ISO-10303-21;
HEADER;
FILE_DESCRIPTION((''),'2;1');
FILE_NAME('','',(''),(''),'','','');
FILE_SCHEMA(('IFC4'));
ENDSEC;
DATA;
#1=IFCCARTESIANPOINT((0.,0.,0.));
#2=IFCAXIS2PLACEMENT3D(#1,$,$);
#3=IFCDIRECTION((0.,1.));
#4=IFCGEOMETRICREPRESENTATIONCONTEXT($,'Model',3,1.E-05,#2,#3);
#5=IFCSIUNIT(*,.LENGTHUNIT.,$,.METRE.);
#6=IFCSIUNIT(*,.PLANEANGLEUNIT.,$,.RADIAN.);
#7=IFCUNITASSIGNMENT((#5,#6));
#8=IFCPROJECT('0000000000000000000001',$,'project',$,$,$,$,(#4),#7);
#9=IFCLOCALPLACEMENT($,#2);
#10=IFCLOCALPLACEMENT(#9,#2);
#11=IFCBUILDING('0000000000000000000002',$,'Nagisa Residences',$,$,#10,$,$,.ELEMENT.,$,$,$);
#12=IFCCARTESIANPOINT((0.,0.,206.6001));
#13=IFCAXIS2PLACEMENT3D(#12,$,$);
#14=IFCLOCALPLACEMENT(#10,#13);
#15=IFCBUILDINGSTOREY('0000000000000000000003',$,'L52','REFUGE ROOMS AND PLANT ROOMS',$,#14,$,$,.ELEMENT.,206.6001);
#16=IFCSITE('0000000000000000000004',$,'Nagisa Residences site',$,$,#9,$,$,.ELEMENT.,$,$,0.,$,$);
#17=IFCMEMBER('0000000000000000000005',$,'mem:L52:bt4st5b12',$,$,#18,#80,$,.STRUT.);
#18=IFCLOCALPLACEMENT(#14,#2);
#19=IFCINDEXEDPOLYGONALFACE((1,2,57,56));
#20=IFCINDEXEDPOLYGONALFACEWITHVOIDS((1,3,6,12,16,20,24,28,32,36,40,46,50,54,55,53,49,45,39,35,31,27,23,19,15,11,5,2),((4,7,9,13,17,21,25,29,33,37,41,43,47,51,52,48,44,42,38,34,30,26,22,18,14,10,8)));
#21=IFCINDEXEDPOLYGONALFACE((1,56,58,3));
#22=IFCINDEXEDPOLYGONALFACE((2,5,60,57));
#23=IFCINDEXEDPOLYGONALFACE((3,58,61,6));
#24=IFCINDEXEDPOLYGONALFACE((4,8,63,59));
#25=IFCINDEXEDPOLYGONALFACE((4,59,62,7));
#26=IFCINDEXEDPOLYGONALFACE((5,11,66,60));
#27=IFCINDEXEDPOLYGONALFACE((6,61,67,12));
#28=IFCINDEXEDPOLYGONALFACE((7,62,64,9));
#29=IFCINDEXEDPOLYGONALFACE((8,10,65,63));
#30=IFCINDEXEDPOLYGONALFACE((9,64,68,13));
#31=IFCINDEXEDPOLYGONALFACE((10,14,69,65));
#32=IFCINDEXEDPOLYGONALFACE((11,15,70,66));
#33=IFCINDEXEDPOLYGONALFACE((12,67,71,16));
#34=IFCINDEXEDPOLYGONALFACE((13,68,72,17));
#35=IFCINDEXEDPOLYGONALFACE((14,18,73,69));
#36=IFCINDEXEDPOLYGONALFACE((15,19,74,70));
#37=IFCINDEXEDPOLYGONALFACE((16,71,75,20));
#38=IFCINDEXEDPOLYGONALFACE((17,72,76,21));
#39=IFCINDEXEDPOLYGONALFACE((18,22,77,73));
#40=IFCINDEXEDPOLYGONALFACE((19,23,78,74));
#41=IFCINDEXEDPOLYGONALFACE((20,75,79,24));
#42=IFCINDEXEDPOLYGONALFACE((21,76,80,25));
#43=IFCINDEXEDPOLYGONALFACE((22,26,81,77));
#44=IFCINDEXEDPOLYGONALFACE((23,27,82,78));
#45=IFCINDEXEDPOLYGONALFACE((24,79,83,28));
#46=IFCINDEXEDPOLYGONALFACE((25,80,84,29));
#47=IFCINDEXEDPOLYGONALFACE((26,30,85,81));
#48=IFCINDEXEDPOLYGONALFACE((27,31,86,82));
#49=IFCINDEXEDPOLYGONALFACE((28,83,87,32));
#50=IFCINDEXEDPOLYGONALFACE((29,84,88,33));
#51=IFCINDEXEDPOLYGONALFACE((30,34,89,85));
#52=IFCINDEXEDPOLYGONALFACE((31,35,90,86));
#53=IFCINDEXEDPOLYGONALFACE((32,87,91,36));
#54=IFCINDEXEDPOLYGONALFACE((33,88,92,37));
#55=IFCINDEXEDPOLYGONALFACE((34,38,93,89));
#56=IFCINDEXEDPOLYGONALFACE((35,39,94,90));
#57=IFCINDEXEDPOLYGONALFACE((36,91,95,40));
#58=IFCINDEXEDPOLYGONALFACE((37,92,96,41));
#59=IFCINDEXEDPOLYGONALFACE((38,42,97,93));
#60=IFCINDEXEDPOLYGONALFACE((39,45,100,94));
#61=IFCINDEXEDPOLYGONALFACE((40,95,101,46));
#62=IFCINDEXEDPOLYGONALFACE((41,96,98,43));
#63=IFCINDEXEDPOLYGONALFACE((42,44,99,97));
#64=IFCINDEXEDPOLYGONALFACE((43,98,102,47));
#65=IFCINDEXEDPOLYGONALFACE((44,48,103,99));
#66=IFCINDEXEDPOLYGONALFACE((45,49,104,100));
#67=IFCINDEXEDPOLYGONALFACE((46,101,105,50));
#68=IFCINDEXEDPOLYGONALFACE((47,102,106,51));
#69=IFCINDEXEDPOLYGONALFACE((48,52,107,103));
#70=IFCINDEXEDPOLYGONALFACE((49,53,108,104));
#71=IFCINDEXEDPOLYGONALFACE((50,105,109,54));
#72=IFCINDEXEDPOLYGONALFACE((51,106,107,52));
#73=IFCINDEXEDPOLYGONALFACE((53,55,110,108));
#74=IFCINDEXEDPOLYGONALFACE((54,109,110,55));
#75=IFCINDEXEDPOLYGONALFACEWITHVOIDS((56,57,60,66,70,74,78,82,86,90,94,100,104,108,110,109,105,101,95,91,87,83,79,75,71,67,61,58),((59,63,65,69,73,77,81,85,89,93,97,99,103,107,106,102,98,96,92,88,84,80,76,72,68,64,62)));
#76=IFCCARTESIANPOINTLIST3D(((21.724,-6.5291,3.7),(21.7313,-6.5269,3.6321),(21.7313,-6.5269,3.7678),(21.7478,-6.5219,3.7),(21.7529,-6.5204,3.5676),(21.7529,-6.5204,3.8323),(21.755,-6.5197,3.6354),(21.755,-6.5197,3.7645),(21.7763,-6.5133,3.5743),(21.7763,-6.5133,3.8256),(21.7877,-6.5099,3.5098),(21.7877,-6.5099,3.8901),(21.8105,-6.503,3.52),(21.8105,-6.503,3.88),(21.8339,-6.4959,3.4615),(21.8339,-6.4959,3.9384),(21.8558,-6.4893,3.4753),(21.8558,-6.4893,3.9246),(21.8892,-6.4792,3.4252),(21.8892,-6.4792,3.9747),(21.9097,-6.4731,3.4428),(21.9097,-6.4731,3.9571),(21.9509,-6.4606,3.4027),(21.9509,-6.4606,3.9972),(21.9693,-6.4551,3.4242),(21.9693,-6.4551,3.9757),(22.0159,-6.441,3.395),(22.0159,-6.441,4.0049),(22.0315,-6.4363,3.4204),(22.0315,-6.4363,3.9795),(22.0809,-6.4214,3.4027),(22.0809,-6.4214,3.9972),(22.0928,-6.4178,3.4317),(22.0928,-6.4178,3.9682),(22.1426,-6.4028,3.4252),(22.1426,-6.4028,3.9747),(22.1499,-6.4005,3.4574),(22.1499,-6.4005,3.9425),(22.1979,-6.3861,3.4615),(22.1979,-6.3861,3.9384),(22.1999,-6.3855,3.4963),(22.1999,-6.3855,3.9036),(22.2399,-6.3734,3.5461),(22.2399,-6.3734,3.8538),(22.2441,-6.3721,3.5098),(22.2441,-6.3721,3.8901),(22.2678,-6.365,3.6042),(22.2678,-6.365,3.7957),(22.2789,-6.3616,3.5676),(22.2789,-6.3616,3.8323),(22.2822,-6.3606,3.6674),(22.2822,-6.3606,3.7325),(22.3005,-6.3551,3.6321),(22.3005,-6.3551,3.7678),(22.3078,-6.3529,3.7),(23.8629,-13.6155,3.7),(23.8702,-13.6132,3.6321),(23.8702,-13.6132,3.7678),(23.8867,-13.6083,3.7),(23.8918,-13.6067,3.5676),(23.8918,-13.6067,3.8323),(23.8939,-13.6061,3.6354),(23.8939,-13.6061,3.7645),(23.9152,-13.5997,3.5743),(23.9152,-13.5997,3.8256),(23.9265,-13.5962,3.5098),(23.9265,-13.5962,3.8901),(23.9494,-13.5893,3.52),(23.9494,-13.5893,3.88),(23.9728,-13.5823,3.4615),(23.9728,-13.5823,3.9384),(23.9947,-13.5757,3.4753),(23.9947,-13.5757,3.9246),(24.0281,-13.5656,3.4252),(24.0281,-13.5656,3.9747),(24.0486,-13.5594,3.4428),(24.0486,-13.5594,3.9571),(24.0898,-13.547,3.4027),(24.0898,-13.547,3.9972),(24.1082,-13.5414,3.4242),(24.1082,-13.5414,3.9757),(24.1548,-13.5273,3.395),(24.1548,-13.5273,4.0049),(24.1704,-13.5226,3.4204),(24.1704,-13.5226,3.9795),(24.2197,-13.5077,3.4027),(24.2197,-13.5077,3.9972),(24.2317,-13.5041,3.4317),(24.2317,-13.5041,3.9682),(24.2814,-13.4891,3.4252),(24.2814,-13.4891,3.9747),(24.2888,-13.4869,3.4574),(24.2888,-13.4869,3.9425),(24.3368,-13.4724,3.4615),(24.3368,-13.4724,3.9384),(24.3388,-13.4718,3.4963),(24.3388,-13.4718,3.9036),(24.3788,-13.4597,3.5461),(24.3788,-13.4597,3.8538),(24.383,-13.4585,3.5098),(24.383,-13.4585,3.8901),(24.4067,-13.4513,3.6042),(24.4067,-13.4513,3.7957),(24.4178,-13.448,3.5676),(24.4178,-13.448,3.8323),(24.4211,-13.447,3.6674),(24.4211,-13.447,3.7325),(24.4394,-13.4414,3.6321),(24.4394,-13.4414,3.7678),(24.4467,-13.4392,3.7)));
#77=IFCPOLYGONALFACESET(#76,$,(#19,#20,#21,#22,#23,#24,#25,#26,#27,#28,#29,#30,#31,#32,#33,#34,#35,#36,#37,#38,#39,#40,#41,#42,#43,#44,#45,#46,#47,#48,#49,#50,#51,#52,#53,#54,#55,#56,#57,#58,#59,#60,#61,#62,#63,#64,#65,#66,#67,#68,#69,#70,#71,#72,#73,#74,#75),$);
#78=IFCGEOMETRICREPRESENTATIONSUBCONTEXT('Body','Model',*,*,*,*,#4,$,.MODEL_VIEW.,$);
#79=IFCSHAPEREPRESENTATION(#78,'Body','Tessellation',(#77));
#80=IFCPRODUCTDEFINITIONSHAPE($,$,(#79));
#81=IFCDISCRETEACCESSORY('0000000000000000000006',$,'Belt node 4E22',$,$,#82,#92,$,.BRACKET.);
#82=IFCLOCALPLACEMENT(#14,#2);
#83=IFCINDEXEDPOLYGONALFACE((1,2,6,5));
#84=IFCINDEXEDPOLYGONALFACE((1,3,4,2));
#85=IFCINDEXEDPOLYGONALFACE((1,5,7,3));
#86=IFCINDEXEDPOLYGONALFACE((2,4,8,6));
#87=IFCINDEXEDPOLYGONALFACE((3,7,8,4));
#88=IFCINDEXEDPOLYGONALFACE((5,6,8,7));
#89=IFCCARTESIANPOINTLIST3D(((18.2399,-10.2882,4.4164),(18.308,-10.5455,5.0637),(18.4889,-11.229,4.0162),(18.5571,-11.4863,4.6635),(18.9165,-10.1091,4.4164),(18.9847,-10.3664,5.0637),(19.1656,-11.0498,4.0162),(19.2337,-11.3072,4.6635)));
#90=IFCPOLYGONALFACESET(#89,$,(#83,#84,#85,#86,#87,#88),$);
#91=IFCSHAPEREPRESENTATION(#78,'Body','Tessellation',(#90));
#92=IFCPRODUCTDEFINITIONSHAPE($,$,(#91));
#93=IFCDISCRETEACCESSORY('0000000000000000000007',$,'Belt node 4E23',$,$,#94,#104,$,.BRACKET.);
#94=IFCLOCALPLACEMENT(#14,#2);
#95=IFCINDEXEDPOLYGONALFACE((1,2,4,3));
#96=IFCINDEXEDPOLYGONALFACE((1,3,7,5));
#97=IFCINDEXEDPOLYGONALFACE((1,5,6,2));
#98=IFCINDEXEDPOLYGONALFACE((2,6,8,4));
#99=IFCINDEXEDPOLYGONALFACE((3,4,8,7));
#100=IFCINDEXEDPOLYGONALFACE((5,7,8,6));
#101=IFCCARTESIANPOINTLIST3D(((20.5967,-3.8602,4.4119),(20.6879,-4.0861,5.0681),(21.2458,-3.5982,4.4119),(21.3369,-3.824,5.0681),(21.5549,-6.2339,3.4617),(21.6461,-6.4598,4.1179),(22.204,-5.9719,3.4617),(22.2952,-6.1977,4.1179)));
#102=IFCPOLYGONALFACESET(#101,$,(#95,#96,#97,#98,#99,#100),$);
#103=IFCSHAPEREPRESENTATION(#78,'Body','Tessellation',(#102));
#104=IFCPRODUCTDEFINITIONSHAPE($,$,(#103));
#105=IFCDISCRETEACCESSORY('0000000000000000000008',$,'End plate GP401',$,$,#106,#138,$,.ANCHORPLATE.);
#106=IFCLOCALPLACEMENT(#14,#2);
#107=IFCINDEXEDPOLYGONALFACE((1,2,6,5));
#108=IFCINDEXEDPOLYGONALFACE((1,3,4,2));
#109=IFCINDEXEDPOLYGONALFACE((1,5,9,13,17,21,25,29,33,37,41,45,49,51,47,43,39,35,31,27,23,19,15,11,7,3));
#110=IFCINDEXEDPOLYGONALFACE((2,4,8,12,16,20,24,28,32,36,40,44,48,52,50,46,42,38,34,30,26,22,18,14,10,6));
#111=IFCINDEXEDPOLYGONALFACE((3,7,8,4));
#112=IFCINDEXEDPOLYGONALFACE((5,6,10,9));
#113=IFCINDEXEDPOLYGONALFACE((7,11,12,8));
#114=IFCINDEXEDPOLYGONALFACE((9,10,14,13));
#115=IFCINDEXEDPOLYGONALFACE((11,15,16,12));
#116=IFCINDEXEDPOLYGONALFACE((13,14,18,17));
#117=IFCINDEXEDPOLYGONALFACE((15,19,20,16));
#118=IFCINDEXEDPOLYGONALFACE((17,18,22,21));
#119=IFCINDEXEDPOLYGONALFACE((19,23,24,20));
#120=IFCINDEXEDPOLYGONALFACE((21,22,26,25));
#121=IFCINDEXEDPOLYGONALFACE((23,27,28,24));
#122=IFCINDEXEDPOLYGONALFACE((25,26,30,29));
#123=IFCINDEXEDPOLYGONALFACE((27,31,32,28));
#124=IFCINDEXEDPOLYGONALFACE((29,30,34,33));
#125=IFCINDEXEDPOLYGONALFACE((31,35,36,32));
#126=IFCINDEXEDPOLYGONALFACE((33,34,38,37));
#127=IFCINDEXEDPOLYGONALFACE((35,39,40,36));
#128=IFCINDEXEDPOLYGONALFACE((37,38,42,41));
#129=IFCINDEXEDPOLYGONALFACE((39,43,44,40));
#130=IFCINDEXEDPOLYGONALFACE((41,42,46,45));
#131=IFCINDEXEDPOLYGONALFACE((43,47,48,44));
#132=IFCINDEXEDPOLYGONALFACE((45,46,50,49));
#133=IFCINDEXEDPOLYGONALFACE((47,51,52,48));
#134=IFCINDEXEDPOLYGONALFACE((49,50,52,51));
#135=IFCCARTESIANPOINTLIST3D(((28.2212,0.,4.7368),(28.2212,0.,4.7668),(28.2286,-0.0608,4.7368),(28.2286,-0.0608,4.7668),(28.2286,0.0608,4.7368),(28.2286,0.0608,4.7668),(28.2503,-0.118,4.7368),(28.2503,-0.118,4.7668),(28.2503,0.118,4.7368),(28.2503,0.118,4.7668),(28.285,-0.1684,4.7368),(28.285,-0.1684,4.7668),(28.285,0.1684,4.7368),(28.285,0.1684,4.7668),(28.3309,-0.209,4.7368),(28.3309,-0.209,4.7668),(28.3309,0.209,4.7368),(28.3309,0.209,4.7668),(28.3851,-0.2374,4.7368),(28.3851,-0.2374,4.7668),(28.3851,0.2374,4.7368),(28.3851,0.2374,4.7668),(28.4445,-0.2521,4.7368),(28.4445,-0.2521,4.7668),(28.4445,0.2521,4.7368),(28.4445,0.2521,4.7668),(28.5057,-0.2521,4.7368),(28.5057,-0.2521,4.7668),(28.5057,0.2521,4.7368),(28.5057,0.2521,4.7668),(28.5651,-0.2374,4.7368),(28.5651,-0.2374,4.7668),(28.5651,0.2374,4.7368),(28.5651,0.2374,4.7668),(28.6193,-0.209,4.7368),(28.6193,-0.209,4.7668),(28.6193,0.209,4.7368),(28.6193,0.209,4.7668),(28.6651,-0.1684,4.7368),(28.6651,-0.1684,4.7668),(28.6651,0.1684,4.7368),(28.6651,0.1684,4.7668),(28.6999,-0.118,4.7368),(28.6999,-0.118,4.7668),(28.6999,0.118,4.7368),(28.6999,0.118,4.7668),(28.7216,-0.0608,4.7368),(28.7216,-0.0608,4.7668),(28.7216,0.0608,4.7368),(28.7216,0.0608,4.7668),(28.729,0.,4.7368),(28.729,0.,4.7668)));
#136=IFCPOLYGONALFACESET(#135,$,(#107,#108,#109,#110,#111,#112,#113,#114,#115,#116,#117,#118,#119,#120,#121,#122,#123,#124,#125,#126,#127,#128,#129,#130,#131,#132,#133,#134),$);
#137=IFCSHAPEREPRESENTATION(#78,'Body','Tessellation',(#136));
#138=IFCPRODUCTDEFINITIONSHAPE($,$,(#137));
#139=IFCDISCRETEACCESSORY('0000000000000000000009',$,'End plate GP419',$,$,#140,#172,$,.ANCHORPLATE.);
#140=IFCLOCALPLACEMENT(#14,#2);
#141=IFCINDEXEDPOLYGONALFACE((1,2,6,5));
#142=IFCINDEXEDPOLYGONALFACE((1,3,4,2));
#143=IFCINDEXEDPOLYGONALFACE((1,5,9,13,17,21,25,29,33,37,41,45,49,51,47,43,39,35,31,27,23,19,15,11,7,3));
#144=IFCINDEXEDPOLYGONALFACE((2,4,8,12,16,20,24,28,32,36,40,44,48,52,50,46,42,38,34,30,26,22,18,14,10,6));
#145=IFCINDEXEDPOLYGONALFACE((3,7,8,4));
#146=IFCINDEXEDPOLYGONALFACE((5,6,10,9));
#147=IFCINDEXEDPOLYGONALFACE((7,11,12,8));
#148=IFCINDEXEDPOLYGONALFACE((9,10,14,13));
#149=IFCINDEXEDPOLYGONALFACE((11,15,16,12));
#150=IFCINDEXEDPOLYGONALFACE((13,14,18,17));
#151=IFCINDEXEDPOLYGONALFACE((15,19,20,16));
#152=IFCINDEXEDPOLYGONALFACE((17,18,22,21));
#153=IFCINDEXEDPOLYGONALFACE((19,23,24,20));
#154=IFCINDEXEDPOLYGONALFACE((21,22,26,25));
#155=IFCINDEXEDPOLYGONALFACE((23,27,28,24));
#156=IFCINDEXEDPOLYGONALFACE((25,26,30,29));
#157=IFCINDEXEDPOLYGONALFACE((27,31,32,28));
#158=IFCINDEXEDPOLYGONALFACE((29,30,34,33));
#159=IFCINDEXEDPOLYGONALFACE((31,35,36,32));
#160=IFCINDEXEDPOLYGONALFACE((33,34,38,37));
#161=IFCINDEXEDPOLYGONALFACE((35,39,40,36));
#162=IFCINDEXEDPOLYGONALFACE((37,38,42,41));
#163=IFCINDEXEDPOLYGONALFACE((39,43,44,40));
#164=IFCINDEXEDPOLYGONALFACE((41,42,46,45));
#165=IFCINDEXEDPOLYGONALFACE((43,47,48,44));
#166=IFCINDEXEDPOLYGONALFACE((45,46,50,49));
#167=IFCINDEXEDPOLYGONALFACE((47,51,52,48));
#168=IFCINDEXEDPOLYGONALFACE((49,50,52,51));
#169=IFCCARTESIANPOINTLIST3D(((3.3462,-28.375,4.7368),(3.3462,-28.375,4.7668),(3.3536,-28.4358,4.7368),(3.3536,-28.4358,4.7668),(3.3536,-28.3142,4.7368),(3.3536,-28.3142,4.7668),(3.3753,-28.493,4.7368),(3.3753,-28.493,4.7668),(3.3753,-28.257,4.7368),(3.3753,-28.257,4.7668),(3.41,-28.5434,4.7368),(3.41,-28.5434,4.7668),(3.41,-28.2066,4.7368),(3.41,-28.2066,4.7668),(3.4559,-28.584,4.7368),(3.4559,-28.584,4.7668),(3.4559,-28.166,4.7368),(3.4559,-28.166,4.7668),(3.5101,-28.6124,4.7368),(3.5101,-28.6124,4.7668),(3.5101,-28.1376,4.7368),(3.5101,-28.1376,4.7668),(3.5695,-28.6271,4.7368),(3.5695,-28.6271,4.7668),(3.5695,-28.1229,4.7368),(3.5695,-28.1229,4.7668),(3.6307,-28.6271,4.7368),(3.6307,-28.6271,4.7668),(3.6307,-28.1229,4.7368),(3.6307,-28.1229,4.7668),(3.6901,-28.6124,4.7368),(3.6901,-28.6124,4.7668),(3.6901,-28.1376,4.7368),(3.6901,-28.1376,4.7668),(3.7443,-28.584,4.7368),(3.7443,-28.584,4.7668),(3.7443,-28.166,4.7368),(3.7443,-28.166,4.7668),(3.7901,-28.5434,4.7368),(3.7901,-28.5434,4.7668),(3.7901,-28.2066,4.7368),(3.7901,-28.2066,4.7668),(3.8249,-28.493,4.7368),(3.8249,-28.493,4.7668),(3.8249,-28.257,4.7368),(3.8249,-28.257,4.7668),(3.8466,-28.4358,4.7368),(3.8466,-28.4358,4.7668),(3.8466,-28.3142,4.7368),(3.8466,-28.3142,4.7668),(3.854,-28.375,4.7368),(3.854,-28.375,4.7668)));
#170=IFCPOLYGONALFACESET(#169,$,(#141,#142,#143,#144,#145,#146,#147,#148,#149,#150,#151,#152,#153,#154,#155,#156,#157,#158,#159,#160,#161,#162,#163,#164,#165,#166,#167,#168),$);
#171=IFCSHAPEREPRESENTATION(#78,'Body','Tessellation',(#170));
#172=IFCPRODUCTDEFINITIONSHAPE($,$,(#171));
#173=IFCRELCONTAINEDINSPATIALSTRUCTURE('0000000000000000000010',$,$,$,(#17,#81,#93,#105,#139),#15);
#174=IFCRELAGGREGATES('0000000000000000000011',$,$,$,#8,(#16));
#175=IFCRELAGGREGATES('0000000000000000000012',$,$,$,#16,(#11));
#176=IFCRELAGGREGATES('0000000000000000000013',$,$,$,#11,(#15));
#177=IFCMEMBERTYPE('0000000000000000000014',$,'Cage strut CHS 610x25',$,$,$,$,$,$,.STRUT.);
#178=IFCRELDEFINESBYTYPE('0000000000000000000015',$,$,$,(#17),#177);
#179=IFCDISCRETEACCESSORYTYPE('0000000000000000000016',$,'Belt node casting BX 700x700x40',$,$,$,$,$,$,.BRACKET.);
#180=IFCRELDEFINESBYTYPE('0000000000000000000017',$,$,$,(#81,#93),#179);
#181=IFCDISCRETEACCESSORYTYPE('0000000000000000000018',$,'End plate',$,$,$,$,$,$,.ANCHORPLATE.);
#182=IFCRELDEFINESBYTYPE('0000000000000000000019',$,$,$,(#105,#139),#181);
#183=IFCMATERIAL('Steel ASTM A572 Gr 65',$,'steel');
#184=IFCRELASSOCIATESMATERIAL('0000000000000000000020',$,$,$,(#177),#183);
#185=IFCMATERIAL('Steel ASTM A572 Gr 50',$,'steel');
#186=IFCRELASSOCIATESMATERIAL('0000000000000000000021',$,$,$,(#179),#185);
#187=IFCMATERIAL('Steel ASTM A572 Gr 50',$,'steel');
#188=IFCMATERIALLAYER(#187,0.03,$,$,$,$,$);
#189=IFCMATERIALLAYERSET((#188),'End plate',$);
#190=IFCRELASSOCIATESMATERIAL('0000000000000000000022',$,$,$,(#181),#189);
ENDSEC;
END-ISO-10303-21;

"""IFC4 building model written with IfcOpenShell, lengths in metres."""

from ifc_helpers import new_model, si_unit, direction, frame, origin, origin_2d, place, context, subcontext, project, spatial, rectangle, circle, hollow_circle, extrude, material, layer, layer_set, material_profile, profile_set, type_object, element, save


model = new_model("IFC4")

# Units and contexts
model_context = context("Model", 3, precision=1e-05, world=origin(), true_north=direction((0.0, 1.0)))
body_context = subcontext(model_context, "Body", "Model", "MODEL_VIEW")
ifc_project = project(units=[si_unit("LENGTHUNIT", "METRE"), si_unit("PLANEANGLEUNIT", "RADIAN")], contexts=[model_context])

# Site, building, storey
site_placement = place(None, origin())
site = spatial("IfcSite", under=ifc_project, at=site_placement, Name="Nagisa Residences site", CompositionType="ELEMENT", RefElevation=0.0)
building_placement = place(site_placement, origin())
building = spatial("IfcBuilding", under=site, at=building_placement, Name="Nagisa Residences", CompositionType="ELEMENT")
storey_placement = place(building_placement, frame((0.0, 0.0, 206.6001)))
storey = spatial("IfcBuildingStorey", under=building, at=storey_placement, Name="L52", Description="REFUGE ROOMS AND PLANT ROOMS", CompositionType="ELEMENT", Elevation=206.6001)

# Member
ifc_material_1 = material(Name="Steel ASTM A572 Gr 65", Category="steel")
ifc_material_profile_1 = material_profile(ifc_material_1, hollow_circle(Radius=0.3049, WallThickness=0.0249, at=origin_2d()), Name="CHS 610x25")
ifc_profile_set_1 = profile_set([ifc_material_profile_1], Name="Steel ASTM A572 Gr 65")
member_type_1 = type_object("IfcMemberType", Name="Cage strut CHS 610x25", PredefinedType="STRUT", material=ifc_profile_set_1)
member_1_placement = place(storey_placement, frame((24.1548, -13.5273, 3.7), z_axis=(-0.288957, 0.957342, 0.0), x_axis=(-0.957342, -0.288957, 0.0)))
element("IfcMember", 1, at=member_1_placement, inside=storey, type_object=member_type_1, Name="mem:L52:bt4st5b12", PredefinedType="STRUT", context=body_context, shape_type="SweptSolid", body=[
    extrude(hollow_circle(Radius=0.3049, WallThickness=0.0249, at=origin_2d()), origin(), (0.0, 0.0, 1.0), 7.4021),
])

# Discrete accessories
ifc_material_2 = material(Name="Steel ASTM A572 Gr 50", Category="steel")
discrete_accessory_type_1 = type_object("IfcDiscreteAccessoryType", Name="Belt node casting BX 700x700x40", PredefinedType="BRACKET", material=ifc_material_2)
discrete_accessory_1_placement = place(storey_placement, frame((18.8613, -11.2681, 4.3398), z_axis=(-0.236683, 0.894058, 0.380317), x_axis=(-0.9667, -0.255913, 0.0)))
element("IfcDiscreteAccessory", 2, at=discrete_accessory_1_placement, inside=storey, type_object=discrete_accessory_type_1, Name="Belt node 4E22", PredefinedType="BRACKET", context=body_context, shape_type="SweptSolid", body=[
    extrude(rectangle(XDim=0.7, YDim=0.7, at=origin_2d()), origin(), (0.0, 0.0, 1.0), 1.0522),
])
discrete_accessory_2_placement = place(storey_placement, frame((21.925, -6.2158, 3.7898), z_axis=(-0.350936, 0.869339, 0.347986), x_axis=(-0.927295, -0.374332, 0.0)))
element("IfcDiscreteAccessory", 3, at=discrete_accessory_2_placement, inside=storey, type_object=discrete_accessory_type_1, Name="Belt node 4E23", PredefinedType="BRACKET", context=body_context, shape_type="SweptSolid", body=[
    extrude(rectangle(XDim=0.7, YDim=0.7, at=origin_2d()), origin(), (0.0, 0.0, 1.0), 2.7305),
])
ifc_material_3 = material(Name="Steel ASTM A572 Gr 50", Category="steel")
ifc_layer_1 = layer(ifc_material_3, 0.03)
ifc_layer_set_1 = layer_set([ifc_layer_1], Name="End plate")
discrete_accessory_type_2 = type_object("IfcDiscreteAccessoryType", Name="End plate", PredefinedType="ANCHORPLATE", material=ifc_layer_set_1)
for number, where, z_axis, x_axis, name in (
    (4, (28.4751, 0.0, 4.7368), (0.0, 0.0, 1.0), (1.0, 0.0, 0.0), "End plate GP401"),
    (5, (3.6001, -28.375, 4.7368), (0.0, 0.0, 1.0), (1.0, 0.0, 0.0), "End plate GP419"),
):
    element("IfcDiscreteAccessory", number, at=place(storey_placement, frame(where, z_axis=z_axis, x_axis=x_axis)), inside=storey, type_object=discrete_accessory_type_2, Name=name, PredefinedType="ANCHORPLATE", context=body_context, shape_type="SweptSolid", body=[
        extrude(circle(Radius=0.2539, at=origin_2d()), origin(), (0.0, 0.0, 1.0), 0.03),
    ])

save(model, "model.ifc")
